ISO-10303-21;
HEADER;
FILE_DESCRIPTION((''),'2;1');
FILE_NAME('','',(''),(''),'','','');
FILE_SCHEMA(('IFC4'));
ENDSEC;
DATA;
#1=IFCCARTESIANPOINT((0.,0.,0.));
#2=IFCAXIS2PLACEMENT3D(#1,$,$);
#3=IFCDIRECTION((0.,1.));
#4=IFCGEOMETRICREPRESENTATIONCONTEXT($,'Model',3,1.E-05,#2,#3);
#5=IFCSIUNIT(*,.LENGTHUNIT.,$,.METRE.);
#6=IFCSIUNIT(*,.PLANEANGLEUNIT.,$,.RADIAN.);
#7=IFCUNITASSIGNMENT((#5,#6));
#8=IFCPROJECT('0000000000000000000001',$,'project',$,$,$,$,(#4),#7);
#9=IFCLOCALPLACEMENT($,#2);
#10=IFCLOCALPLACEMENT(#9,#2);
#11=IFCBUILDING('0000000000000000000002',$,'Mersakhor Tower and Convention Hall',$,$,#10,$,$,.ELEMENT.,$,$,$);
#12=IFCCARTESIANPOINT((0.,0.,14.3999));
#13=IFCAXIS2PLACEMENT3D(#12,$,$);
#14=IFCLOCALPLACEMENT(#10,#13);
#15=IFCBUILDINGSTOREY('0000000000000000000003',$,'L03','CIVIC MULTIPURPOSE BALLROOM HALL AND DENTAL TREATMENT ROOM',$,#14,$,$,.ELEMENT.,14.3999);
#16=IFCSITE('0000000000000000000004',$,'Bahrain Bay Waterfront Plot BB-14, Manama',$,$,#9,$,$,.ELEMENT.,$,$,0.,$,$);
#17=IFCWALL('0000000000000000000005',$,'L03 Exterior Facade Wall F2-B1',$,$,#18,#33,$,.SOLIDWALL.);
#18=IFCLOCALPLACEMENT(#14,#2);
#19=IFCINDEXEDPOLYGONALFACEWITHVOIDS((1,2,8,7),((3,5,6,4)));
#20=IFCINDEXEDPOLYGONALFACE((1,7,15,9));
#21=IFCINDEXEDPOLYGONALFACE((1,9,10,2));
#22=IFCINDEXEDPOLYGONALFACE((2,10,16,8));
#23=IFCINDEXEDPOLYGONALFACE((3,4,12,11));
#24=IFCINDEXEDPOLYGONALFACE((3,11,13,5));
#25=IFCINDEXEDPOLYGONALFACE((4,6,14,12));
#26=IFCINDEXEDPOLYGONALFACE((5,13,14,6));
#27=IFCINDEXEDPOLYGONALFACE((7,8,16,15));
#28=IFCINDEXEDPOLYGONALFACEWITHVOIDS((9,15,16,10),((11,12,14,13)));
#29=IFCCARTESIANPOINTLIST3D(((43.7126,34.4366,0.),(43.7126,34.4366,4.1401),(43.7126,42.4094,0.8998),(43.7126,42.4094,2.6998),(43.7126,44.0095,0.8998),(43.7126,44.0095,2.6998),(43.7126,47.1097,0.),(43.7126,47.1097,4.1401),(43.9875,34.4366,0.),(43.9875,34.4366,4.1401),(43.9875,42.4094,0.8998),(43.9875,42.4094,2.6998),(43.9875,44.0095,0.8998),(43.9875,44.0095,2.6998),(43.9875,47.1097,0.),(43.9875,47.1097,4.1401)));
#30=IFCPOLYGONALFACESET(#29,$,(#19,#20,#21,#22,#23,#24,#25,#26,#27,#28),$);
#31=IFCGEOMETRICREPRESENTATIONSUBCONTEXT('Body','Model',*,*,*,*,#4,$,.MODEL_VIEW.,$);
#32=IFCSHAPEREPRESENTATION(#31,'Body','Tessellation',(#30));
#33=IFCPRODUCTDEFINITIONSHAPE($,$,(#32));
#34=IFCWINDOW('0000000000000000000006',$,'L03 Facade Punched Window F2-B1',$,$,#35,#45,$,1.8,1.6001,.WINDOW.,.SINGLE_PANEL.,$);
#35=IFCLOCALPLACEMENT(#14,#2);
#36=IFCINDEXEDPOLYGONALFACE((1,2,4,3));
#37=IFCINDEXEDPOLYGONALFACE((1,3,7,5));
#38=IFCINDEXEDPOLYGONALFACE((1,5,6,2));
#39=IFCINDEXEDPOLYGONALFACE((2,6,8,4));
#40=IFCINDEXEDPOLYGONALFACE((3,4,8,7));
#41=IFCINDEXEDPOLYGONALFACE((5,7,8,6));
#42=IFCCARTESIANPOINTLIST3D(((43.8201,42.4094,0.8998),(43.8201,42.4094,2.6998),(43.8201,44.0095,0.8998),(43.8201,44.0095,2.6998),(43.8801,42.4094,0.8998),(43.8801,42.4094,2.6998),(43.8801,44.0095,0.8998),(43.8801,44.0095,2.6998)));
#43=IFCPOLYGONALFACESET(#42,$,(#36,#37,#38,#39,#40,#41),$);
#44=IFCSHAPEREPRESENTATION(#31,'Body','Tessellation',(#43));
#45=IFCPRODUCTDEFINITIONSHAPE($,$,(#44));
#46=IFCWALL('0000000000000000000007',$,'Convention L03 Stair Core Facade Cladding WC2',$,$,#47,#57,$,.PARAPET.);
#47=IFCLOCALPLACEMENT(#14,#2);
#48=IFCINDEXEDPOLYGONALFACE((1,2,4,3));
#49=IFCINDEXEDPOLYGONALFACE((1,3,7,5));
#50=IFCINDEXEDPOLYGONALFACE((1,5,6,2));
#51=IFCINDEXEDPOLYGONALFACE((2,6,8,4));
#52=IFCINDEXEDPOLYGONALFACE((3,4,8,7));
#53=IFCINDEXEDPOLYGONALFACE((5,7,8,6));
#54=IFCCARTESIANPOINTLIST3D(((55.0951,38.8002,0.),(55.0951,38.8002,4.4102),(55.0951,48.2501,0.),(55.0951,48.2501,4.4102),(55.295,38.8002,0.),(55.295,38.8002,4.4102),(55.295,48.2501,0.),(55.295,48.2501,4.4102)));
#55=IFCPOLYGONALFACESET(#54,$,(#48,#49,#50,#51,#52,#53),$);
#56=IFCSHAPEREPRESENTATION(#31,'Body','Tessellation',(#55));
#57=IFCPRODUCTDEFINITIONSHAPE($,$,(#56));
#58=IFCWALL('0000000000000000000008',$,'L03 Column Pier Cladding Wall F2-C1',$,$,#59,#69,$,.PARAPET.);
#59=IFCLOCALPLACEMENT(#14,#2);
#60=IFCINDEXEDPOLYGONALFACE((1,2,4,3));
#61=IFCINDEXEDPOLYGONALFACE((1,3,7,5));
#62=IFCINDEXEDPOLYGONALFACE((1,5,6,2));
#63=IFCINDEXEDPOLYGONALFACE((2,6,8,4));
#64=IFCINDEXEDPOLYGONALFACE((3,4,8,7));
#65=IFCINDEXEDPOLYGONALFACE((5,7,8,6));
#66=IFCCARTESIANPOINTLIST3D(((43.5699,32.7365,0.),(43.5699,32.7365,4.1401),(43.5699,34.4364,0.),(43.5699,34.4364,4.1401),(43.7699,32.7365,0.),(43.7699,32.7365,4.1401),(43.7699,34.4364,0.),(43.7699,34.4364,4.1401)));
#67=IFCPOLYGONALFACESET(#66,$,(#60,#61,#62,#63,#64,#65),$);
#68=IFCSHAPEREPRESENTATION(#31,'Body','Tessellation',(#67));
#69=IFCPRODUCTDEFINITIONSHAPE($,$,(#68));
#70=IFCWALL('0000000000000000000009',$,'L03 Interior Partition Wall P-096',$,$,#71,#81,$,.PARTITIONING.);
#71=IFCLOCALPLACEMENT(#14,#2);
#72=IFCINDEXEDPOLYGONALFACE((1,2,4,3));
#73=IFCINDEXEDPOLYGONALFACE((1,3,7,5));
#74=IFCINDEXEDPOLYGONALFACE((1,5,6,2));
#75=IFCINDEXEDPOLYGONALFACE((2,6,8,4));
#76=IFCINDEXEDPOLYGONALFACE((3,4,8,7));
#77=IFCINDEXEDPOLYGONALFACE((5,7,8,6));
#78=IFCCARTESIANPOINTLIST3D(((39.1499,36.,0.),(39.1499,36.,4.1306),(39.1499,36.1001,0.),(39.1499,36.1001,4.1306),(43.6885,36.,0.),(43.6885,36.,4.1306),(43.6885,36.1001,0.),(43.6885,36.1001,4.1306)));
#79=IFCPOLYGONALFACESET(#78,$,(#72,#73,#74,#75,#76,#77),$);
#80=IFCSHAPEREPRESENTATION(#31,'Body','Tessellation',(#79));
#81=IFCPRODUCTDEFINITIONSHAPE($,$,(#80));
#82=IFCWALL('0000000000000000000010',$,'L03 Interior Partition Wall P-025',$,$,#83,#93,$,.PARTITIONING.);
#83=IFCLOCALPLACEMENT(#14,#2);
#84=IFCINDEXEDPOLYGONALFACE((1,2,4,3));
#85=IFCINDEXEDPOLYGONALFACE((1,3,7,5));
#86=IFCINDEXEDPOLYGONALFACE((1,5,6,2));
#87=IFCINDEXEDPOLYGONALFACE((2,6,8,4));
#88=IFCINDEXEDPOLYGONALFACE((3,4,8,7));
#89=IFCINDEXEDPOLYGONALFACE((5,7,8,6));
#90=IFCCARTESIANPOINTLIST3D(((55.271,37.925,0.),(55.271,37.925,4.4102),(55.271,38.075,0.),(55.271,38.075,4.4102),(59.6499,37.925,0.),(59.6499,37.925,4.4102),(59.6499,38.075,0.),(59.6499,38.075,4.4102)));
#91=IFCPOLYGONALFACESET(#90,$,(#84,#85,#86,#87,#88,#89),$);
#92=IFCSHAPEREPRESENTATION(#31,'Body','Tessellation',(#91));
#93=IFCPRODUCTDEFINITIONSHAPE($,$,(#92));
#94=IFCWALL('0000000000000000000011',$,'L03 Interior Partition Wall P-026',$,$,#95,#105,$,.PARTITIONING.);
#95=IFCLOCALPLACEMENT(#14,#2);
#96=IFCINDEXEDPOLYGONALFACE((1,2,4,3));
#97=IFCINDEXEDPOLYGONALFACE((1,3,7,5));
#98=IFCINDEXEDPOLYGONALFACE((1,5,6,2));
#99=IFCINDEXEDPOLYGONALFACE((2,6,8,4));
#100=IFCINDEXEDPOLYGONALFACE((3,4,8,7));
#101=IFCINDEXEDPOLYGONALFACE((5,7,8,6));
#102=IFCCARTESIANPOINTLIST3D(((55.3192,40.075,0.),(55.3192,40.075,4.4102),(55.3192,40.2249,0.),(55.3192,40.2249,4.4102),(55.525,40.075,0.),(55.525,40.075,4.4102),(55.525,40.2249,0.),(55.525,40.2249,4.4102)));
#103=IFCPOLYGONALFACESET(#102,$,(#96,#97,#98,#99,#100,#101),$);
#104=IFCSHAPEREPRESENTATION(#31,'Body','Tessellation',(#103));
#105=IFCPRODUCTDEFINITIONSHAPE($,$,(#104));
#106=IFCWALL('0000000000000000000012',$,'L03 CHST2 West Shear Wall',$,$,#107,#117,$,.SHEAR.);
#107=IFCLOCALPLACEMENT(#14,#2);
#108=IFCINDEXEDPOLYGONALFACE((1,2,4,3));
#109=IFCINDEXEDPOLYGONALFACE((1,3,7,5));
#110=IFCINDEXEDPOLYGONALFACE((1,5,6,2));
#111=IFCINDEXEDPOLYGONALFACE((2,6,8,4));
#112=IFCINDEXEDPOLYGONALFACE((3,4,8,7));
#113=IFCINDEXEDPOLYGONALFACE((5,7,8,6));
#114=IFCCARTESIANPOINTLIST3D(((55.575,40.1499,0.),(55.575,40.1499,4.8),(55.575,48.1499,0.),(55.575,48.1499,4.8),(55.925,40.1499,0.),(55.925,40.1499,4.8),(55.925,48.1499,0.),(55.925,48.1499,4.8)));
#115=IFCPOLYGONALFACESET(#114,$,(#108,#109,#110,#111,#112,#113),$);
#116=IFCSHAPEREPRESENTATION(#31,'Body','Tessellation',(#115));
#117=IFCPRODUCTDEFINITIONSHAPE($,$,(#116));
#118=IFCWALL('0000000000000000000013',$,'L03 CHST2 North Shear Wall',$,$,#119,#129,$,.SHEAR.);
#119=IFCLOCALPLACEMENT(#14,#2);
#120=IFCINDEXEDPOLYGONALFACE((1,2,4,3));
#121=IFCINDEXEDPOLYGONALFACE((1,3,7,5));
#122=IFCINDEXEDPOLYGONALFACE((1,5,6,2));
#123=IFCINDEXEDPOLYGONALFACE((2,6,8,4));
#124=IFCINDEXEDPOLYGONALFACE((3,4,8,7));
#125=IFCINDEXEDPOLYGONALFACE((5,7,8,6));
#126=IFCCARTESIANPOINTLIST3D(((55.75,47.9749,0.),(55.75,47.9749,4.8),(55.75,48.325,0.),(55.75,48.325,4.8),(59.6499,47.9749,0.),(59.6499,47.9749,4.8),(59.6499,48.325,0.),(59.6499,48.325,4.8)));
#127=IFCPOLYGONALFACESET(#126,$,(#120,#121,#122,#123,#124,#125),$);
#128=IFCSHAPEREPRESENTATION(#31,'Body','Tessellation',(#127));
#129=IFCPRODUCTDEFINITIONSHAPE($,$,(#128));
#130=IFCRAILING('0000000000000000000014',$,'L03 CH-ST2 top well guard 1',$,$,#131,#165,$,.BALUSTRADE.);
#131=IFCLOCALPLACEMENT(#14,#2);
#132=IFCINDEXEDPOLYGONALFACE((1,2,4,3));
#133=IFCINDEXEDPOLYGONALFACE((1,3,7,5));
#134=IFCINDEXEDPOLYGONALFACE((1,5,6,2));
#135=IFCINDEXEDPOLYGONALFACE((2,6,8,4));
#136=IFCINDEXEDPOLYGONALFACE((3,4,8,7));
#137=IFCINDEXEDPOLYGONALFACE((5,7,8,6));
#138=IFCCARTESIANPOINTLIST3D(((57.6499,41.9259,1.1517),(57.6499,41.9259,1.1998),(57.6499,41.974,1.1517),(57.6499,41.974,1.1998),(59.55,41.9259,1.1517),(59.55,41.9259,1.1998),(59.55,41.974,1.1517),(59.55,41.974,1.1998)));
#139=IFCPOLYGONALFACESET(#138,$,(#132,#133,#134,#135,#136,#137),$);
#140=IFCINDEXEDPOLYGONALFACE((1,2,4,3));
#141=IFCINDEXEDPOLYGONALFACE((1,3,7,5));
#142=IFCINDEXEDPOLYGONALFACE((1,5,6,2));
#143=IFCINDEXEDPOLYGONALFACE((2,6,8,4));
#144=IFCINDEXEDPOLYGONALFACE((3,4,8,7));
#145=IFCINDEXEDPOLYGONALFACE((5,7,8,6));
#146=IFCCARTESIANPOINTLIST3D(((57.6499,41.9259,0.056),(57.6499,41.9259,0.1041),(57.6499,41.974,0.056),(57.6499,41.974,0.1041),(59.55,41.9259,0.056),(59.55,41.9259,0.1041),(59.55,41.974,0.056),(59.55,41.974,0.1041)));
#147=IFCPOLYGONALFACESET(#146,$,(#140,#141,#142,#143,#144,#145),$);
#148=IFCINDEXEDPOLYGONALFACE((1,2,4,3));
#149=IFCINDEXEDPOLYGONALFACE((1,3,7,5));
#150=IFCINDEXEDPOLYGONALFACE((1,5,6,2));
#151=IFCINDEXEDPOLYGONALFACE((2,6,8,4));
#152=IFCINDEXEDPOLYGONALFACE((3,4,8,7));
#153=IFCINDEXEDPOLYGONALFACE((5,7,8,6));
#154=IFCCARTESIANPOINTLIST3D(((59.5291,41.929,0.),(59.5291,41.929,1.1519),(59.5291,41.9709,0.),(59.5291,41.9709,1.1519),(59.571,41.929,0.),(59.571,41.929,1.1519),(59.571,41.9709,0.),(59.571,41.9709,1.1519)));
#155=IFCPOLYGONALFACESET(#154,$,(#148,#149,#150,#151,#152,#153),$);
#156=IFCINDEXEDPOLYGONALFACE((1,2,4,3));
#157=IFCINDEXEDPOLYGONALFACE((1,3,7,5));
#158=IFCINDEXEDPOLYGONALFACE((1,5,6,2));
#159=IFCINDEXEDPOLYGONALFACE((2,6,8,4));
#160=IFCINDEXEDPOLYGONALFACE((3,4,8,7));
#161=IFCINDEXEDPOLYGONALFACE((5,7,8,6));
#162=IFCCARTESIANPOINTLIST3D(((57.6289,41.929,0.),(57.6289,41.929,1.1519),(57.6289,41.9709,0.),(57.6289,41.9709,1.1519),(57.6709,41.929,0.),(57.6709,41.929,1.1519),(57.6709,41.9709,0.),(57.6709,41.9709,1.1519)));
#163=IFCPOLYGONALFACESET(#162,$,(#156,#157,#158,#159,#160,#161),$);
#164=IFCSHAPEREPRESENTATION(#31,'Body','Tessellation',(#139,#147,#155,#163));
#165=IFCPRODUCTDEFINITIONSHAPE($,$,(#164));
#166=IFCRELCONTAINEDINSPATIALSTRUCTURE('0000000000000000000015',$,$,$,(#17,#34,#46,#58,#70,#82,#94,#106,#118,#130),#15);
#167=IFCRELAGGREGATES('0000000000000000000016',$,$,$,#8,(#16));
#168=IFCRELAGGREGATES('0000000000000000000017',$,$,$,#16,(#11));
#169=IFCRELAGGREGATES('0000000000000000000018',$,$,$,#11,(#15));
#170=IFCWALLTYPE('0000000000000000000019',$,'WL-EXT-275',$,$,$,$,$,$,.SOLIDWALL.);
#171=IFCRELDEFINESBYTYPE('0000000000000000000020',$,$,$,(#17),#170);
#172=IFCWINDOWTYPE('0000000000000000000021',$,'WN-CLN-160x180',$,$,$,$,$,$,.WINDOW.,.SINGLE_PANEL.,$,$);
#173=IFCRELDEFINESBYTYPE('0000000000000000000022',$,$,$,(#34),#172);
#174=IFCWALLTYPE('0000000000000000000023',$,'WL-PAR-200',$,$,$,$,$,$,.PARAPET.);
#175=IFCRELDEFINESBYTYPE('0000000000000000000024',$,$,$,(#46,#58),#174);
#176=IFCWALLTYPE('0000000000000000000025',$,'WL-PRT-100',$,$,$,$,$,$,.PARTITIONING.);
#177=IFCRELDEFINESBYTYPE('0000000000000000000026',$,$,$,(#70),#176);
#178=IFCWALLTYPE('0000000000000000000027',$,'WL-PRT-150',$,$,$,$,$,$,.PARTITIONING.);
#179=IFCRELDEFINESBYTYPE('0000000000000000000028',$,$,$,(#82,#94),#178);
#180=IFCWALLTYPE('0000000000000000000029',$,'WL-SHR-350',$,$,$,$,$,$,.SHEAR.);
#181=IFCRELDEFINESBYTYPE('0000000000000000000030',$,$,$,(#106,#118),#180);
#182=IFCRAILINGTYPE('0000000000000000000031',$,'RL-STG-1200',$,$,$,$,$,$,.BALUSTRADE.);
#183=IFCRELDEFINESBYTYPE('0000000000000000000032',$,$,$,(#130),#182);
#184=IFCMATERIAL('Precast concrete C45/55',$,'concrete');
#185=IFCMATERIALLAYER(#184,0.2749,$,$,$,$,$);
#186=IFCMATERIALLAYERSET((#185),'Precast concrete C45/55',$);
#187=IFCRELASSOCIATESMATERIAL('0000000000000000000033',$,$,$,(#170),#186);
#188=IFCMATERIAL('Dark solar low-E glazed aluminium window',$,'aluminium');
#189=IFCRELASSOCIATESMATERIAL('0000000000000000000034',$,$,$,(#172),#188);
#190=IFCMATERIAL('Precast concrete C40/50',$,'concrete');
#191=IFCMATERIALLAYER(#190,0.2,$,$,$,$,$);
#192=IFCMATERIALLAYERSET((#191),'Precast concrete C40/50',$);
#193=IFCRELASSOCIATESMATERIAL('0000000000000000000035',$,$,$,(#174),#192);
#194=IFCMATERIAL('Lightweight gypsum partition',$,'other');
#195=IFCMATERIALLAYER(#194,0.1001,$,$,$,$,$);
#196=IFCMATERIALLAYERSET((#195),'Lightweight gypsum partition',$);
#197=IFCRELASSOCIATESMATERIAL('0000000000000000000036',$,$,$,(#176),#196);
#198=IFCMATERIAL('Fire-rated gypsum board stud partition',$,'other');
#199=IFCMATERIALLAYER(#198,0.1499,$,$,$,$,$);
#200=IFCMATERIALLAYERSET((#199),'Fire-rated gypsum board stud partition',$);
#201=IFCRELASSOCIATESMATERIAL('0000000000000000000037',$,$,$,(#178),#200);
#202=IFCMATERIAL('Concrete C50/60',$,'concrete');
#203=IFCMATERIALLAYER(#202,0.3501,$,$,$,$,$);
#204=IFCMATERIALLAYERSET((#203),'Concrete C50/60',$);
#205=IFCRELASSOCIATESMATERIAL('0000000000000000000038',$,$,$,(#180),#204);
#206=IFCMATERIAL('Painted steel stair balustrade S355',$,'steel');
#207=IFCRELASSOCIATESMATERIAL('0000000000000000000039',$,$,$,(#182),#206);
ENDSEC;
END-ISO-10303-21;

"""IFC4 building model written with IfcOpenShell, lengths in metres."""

from ifc_helpers import new_model, si_unit, direction, frame, frame_2d, origin, origin_2d, place, context, subcontext, project, spatial, rectangle, extrude, material, layer, layer_set, type_object, element, fill, save


model = new_model("IFC4")

# Units and contexts
model_context = context("Model", 3, precision=1e-05, world=origin(), true_north=direction((0.0, 1.0)))
body_context = subcontext(model_context, "Body", "Model", "MODEL_VIEW")
ifc_project = project(units=[si_unit("LENGTHUNIT", "METRE"), si_unit("PLANEANGLEUNIT", "RADIAN")], contexts=[model_context])

# Site, building, storey
site_placement = place(None, origin())
site = spatial("IfcSite", under=ifc_project, at=site_placement, Name="Bahrain Bay Waterfront Plot BB-14, Manama", CompositionType="ELEMENT", RefElevation=0.0)
building_placement = place(site_placement, origin())
building = spatial("IfcBuilding", under=site, at=building_placement, Name="Mersakhor Tower and Convention Hall", CompositionType="ELEMENT")
storey_placement = place(building_placement, frame((0.0, 0.0, 14.3999)))
storey = spatial("IfcBuildingStorey", under=building, at=storey_placement, Name="L03", Description="CIVIC MULTIPURPOSE BALLROOM HALL AND DENTAL TREATMENT ROOM", CompositionType="ELEMENT", Elevation=14.3999)

# Wall, opening, window
ifc_material_1 = material(Name="Precast concrete C45/55", Category="concrete")
ifc_layer_1 = layer(ifc_material_1, 0.2749)
ifc_layer_set_1 = layer_set([ifc_layer_1], Name="Precast concrete C45/55")
wall_type_1 = type_object("IfcWallType", Name="WL-EXT-275", PredefinedType="SOLIDWALL", material=ifc_layer_set_1)
wall_1_placement = place(storey_placement, frame((43.8501, 47.1096, 0.0), z_axis=(0.0, 0.0, 1.0), x_axis=(0.0, -1.0, 0.0)))
wall_1 = element("IfcWall", 1, at=wall_1_placement, inside=storey, type_object=wall_type_1, Name="L03 Exterior Facade Wall F2-B1", PredefinedType="SOLIDWALL", context=body_context, shape_type="SweptSolid", body=[
    extrude(rectangle(XDim=12.6731, YDim=0.2749, at=frame_2d((6.3364, 0.0))), origin(), (0.0, 0.0, 1.0), 4.1401),
])
opening_1_placement = place(wall_1_placement, frame((3.1001, 0.0, 0.8999)))
opening_1 = element("IfcOpeningElement", 2, at=opening_1_placement, cuts=wall_1, PredefinedType="OPENING", context=body_context, shape_type="SweptSolid", body=[
    extrude(rectangle(XDim=1.6001, YDim=1.8, at=frame_2d((0.8, 0.8999))), frame((0.0, 0.1475, 0.0), z_axis=(0.0, -1.0, 0.0), x_axis=(1.0, 0.0, 0.0)), (0.0, 0.0, 1.0), 0.2949),
])
ifc_material_2 = material(Name="Dark solar low-E glazed aluminium window", Category="aluminium")
window_type = type_object("IfcWindowType", Name="WN-CLN-160x180", PartitioningType="SINGLE_PANEL", PredefinedType="WINDOW", material=ifc_material_2)
window_placement = place(opening_1_placement, origin())
window = element("IfcWindow", 3, at=window_placement, inside=storey, type_object=window_type, Name="L03 Facade Punched Window F2-B1", OverallHeight=1.8, OverallWidth=1.6001, PartitioningType="SINGLE_PANEL", PredefinedType="WINDOW", context=body_context, shape_type="SweptSolid", body=[
    extrude(rectangle(XDim=1.6001, YDim=1.8, at=frame_2d((0.8, 0.8999))), frame((0.0, 0.03, 0.0), z_axis=(0.0, -1.0, 0.0), x_axis=(1.0, 0.0, 0.0)), (0.0, 0.0, 1.0), 0.0601),
])
fill(opening_1, window)

# Walls
ifc_material_3 = material(Name="Precast concrete C40/50", Category="concrete")
ifc_layer_2 = layer(ifc_material_3, 0.2)
ifc_layer_set_2 = layer_set([ifc_layer_2], Name="Precast concrete C40/50")
wall_type_2 = type_object("IfcWallType", Name="WL-PAR-200", PredefinedType="PARAPET", material=ifc_layer_set_2)
wall_2_placement = place(storey_placement, frame((55.1951, 38.8, 0.0), z_axis=(0.0, 0.0, 1.0), x_axis=(0.0, 1.0, 0.0)))
element("IfcWall", 4, at=wall_2_placement, inside=storey, type_object=wall_type_2, Name="Convention L03 Stair Core Facade Cladding WC2", PredefinedType="PARAPET", context=body_context, shape_type="SweptSolid", body=[
    extrude(rectangle(XDim=9.45, YDim=0.2, at=frame_2d((4.7251, 0.0))), origin(), (0.0, 0.0, 1.0), 4.4102),
])
wall_3_placement = place(storey_placement, frame((43.6699, 34.4365, 0.0), z_axis=(0.0, 0.0, 1.0), x_axis=(0.0, -1.0, 0.0)))
element("IfcWall", 5, at=wall_3_placement, inside=storey, type_object=wall_type_2, Name="L03 Column Pier Cladding Wall F2-C1", PredefinedType="PARAPET", context=body_context, shape_type="SweptSolid", body=[
    extrude(rectangle(XDim=1.7, YDim=0.2, at=frame_2d((0.8501, 0.0))), origin(), (0.0, 0.0, 1.0), 4.1401),
])
ifc_material_4 = material(Name="Lightweight gypsum partition", Category="other")
ifc_layer_3 = layer(ifc_material_4, 0.1001)
ifc_layer_set_3 = layer_set([ifc_layer_3], Name="Lightweight gypsum partition")
wall_type_3 = type_object("IfcWallType", Name="WL-PRT-100", PredefinedType="PARTITIONING", material=ifc_layer_set_3)
wall_4_placement = place(storey_placement, frame((43.6885, 36.05, 0.0), z_axis=(0.0, 0.0, 1.0), x_axis=(-1.0, 0.0, 0.0)))
element("IfcWall", 6, at=wall_4_placement, inside=storey, type_object=wall_type_3, Name="L03 Interior Partition Wall P-096", PredefinedType="PARTITIONING", context=body_context, shape_type="SweptSolid", body=[
    extrude(rectangle(XDim=4.5386, YDim=0.1001, at=frame_2d((2.2693, 0.0))), origin(), (0.0, 0.0, 1.0), 4.1306),
])
ifc_material_5 = material(Name="Fire-rated gypsum board stud partition", Category="other")
ifc_layer_4 = layer(ifc_material_5, 0.1499)
ifc_layer_set_4 = layer_set([ifc_layer_4], Name="Fire-rated gypsum board stud partition")
wall_type_4 = type_object("IfcWallType", Name="WL-PRT-150", PredefinedType="PARTITIONING", material=ifc_layer_set_4)
wall_5_placement = place(storey_placement, frame((59.6499, 38.0, 0.0), z_axis=(0.0, 0.0, 1.0), x_axis=(-1.0, 0.0, 0.0)))
element("IfcWall", 7, at=wall_5_placement, inside=storey, type_object=wall_type_4, Name="L03 Interior Partition Wall P-025", PredefinedType="PARTITIONING", context=body_context, shape_type="SweptSolid", body=[
    extrude(rectangle(XDim=4.3789, YDim=0.1499, at=frame_2d((2.1895, 0.0))), origin(), (0.0, 0.0, 1.0), 4.4102),
])
wall_6_placement = place(storey_placement, frame((55.3191, 40.1499, 0.0), z_axis=(0.0, 0.0, 1.0), x_axis=(1.0, 0.0, 0.0)))
element("IfcWall", 8, at=wall_6_placement, inside=storey, type_object=wall_type_4, Name="L03 Interior Partition Wall P-026", PredefinedType="PARTITIONING", context=body_context, shape_type="SweptSolid", body=[
    extrude(rectangle(XDim=0.2058, YDim=0.1499, at=frame_2d((0.103, 0.0))), origin(), (0.0, 0.0, 1.0), 4.4102),
])
ifc_material_6 = material(Name="Concrete C50/60", Category="concrete")
ifc_layer_5 = layer(ifc_material_6, 0.3501)
ifc_layer_set_5 = layer_set([ifc_layer_5], Name="Concrete C50/60")
wall_type_5 = type_object("IfcWallType", Name="WL-SHR-350", PredefinedType="SHEAR", material=ifc_layer_set_5)
wall_7_placement = place(storey_placement, frame((55.75, 40.1499, 0.0), z_axis=(0.0, 0.0, 1.0), x_axis=(0.0, 1.0, 0.0)))
element("IfcWall", 9, at=wall_7_placement, inside=storey, type_object=wall_type_5, Name="L03 CHST2 West Shear Wall", PredefinedType="SHEAR", context=body_context, shape_type="SweptSolid", body=[
    extrude(rectangle(XDim=8.0, YDim=0.3501, at=frame_2d((4.0, 0.0))), origin(), (0.0, 0.0, 1.0), 4.8),
])
wall_8_placement = place(storey_placement, frame((55.75, 48.1499, 0.0), z_axis=(0.0, 0.0, 1.0), x_axis=(1.0, 0.0, 0.0)))
element("IfcWall", 10, at=wall_8_placement, inside=storey, type_object=wall_type_5, Name="L03 CHST2 North Shear Wall", PredefinedType="SHEAR", context=body_context, shape_type="SweptSolid", body=[
    extrude(rectangle(XDim=3.8999, YDim=0.3501, at=frame_2d((1.95, 0.0))), origin(), (0.0, 0.0, 1.0), 4.8),
])

# Railing
ifc_material_7 = material(Name="Painted steel stair balustrade S355", Category="steel")
railing_type = type_object("IfcRailingType", Name="RL-STG-1200", PredefinedType="BALUSTRADE", material=ifc_material_7)
railing_placement = place(storey_placement, frame((59.55, 41.95, 0.0)))
element("IfcRailing", 11, at=railing_placement, inside=storey, type_object=railing_type, Name="L03 CH-ST2 top well guard 1", PredefinedType="BALUSTRADE", context=body_context, shape_type="SweptSolid", body=[
    extrude(rectangle(XDim=0.0481, YDim=0.0481, at=origin_2d()), frame((0.0, 0.0, 1.1758), z_axis=(-1.0, 0.0, 0.0), x_axis=(0.0, -1.0, 0.0)), (0.0, 0.0, 1.0), 1.9001),
    extrude(rectangle(XDim=0.0481, YDim=0.0481, at=origin_2d()), frame((0.0, 0.0, 0.0801), z_axis=(-1.0, 0.0, 0.0), x_axis=(0.0, -1.0, 0.0)), (0.0, 0.0, 1.0), 1.9001),
    extrude(rectangle(XDim=0.042, YDim=0.042, at=origin_2d()), origin(), (0.0, 0.0, 1.0), 1.1519),
    extrude(rectangle(XDim=0.042, YDim=0.042, at=origin_2d()), frame((-1.9001, 0.0, 0.0)), (0.0, 0.0, 1.0), 1.1519),
])

save(model, "model.ifc")
